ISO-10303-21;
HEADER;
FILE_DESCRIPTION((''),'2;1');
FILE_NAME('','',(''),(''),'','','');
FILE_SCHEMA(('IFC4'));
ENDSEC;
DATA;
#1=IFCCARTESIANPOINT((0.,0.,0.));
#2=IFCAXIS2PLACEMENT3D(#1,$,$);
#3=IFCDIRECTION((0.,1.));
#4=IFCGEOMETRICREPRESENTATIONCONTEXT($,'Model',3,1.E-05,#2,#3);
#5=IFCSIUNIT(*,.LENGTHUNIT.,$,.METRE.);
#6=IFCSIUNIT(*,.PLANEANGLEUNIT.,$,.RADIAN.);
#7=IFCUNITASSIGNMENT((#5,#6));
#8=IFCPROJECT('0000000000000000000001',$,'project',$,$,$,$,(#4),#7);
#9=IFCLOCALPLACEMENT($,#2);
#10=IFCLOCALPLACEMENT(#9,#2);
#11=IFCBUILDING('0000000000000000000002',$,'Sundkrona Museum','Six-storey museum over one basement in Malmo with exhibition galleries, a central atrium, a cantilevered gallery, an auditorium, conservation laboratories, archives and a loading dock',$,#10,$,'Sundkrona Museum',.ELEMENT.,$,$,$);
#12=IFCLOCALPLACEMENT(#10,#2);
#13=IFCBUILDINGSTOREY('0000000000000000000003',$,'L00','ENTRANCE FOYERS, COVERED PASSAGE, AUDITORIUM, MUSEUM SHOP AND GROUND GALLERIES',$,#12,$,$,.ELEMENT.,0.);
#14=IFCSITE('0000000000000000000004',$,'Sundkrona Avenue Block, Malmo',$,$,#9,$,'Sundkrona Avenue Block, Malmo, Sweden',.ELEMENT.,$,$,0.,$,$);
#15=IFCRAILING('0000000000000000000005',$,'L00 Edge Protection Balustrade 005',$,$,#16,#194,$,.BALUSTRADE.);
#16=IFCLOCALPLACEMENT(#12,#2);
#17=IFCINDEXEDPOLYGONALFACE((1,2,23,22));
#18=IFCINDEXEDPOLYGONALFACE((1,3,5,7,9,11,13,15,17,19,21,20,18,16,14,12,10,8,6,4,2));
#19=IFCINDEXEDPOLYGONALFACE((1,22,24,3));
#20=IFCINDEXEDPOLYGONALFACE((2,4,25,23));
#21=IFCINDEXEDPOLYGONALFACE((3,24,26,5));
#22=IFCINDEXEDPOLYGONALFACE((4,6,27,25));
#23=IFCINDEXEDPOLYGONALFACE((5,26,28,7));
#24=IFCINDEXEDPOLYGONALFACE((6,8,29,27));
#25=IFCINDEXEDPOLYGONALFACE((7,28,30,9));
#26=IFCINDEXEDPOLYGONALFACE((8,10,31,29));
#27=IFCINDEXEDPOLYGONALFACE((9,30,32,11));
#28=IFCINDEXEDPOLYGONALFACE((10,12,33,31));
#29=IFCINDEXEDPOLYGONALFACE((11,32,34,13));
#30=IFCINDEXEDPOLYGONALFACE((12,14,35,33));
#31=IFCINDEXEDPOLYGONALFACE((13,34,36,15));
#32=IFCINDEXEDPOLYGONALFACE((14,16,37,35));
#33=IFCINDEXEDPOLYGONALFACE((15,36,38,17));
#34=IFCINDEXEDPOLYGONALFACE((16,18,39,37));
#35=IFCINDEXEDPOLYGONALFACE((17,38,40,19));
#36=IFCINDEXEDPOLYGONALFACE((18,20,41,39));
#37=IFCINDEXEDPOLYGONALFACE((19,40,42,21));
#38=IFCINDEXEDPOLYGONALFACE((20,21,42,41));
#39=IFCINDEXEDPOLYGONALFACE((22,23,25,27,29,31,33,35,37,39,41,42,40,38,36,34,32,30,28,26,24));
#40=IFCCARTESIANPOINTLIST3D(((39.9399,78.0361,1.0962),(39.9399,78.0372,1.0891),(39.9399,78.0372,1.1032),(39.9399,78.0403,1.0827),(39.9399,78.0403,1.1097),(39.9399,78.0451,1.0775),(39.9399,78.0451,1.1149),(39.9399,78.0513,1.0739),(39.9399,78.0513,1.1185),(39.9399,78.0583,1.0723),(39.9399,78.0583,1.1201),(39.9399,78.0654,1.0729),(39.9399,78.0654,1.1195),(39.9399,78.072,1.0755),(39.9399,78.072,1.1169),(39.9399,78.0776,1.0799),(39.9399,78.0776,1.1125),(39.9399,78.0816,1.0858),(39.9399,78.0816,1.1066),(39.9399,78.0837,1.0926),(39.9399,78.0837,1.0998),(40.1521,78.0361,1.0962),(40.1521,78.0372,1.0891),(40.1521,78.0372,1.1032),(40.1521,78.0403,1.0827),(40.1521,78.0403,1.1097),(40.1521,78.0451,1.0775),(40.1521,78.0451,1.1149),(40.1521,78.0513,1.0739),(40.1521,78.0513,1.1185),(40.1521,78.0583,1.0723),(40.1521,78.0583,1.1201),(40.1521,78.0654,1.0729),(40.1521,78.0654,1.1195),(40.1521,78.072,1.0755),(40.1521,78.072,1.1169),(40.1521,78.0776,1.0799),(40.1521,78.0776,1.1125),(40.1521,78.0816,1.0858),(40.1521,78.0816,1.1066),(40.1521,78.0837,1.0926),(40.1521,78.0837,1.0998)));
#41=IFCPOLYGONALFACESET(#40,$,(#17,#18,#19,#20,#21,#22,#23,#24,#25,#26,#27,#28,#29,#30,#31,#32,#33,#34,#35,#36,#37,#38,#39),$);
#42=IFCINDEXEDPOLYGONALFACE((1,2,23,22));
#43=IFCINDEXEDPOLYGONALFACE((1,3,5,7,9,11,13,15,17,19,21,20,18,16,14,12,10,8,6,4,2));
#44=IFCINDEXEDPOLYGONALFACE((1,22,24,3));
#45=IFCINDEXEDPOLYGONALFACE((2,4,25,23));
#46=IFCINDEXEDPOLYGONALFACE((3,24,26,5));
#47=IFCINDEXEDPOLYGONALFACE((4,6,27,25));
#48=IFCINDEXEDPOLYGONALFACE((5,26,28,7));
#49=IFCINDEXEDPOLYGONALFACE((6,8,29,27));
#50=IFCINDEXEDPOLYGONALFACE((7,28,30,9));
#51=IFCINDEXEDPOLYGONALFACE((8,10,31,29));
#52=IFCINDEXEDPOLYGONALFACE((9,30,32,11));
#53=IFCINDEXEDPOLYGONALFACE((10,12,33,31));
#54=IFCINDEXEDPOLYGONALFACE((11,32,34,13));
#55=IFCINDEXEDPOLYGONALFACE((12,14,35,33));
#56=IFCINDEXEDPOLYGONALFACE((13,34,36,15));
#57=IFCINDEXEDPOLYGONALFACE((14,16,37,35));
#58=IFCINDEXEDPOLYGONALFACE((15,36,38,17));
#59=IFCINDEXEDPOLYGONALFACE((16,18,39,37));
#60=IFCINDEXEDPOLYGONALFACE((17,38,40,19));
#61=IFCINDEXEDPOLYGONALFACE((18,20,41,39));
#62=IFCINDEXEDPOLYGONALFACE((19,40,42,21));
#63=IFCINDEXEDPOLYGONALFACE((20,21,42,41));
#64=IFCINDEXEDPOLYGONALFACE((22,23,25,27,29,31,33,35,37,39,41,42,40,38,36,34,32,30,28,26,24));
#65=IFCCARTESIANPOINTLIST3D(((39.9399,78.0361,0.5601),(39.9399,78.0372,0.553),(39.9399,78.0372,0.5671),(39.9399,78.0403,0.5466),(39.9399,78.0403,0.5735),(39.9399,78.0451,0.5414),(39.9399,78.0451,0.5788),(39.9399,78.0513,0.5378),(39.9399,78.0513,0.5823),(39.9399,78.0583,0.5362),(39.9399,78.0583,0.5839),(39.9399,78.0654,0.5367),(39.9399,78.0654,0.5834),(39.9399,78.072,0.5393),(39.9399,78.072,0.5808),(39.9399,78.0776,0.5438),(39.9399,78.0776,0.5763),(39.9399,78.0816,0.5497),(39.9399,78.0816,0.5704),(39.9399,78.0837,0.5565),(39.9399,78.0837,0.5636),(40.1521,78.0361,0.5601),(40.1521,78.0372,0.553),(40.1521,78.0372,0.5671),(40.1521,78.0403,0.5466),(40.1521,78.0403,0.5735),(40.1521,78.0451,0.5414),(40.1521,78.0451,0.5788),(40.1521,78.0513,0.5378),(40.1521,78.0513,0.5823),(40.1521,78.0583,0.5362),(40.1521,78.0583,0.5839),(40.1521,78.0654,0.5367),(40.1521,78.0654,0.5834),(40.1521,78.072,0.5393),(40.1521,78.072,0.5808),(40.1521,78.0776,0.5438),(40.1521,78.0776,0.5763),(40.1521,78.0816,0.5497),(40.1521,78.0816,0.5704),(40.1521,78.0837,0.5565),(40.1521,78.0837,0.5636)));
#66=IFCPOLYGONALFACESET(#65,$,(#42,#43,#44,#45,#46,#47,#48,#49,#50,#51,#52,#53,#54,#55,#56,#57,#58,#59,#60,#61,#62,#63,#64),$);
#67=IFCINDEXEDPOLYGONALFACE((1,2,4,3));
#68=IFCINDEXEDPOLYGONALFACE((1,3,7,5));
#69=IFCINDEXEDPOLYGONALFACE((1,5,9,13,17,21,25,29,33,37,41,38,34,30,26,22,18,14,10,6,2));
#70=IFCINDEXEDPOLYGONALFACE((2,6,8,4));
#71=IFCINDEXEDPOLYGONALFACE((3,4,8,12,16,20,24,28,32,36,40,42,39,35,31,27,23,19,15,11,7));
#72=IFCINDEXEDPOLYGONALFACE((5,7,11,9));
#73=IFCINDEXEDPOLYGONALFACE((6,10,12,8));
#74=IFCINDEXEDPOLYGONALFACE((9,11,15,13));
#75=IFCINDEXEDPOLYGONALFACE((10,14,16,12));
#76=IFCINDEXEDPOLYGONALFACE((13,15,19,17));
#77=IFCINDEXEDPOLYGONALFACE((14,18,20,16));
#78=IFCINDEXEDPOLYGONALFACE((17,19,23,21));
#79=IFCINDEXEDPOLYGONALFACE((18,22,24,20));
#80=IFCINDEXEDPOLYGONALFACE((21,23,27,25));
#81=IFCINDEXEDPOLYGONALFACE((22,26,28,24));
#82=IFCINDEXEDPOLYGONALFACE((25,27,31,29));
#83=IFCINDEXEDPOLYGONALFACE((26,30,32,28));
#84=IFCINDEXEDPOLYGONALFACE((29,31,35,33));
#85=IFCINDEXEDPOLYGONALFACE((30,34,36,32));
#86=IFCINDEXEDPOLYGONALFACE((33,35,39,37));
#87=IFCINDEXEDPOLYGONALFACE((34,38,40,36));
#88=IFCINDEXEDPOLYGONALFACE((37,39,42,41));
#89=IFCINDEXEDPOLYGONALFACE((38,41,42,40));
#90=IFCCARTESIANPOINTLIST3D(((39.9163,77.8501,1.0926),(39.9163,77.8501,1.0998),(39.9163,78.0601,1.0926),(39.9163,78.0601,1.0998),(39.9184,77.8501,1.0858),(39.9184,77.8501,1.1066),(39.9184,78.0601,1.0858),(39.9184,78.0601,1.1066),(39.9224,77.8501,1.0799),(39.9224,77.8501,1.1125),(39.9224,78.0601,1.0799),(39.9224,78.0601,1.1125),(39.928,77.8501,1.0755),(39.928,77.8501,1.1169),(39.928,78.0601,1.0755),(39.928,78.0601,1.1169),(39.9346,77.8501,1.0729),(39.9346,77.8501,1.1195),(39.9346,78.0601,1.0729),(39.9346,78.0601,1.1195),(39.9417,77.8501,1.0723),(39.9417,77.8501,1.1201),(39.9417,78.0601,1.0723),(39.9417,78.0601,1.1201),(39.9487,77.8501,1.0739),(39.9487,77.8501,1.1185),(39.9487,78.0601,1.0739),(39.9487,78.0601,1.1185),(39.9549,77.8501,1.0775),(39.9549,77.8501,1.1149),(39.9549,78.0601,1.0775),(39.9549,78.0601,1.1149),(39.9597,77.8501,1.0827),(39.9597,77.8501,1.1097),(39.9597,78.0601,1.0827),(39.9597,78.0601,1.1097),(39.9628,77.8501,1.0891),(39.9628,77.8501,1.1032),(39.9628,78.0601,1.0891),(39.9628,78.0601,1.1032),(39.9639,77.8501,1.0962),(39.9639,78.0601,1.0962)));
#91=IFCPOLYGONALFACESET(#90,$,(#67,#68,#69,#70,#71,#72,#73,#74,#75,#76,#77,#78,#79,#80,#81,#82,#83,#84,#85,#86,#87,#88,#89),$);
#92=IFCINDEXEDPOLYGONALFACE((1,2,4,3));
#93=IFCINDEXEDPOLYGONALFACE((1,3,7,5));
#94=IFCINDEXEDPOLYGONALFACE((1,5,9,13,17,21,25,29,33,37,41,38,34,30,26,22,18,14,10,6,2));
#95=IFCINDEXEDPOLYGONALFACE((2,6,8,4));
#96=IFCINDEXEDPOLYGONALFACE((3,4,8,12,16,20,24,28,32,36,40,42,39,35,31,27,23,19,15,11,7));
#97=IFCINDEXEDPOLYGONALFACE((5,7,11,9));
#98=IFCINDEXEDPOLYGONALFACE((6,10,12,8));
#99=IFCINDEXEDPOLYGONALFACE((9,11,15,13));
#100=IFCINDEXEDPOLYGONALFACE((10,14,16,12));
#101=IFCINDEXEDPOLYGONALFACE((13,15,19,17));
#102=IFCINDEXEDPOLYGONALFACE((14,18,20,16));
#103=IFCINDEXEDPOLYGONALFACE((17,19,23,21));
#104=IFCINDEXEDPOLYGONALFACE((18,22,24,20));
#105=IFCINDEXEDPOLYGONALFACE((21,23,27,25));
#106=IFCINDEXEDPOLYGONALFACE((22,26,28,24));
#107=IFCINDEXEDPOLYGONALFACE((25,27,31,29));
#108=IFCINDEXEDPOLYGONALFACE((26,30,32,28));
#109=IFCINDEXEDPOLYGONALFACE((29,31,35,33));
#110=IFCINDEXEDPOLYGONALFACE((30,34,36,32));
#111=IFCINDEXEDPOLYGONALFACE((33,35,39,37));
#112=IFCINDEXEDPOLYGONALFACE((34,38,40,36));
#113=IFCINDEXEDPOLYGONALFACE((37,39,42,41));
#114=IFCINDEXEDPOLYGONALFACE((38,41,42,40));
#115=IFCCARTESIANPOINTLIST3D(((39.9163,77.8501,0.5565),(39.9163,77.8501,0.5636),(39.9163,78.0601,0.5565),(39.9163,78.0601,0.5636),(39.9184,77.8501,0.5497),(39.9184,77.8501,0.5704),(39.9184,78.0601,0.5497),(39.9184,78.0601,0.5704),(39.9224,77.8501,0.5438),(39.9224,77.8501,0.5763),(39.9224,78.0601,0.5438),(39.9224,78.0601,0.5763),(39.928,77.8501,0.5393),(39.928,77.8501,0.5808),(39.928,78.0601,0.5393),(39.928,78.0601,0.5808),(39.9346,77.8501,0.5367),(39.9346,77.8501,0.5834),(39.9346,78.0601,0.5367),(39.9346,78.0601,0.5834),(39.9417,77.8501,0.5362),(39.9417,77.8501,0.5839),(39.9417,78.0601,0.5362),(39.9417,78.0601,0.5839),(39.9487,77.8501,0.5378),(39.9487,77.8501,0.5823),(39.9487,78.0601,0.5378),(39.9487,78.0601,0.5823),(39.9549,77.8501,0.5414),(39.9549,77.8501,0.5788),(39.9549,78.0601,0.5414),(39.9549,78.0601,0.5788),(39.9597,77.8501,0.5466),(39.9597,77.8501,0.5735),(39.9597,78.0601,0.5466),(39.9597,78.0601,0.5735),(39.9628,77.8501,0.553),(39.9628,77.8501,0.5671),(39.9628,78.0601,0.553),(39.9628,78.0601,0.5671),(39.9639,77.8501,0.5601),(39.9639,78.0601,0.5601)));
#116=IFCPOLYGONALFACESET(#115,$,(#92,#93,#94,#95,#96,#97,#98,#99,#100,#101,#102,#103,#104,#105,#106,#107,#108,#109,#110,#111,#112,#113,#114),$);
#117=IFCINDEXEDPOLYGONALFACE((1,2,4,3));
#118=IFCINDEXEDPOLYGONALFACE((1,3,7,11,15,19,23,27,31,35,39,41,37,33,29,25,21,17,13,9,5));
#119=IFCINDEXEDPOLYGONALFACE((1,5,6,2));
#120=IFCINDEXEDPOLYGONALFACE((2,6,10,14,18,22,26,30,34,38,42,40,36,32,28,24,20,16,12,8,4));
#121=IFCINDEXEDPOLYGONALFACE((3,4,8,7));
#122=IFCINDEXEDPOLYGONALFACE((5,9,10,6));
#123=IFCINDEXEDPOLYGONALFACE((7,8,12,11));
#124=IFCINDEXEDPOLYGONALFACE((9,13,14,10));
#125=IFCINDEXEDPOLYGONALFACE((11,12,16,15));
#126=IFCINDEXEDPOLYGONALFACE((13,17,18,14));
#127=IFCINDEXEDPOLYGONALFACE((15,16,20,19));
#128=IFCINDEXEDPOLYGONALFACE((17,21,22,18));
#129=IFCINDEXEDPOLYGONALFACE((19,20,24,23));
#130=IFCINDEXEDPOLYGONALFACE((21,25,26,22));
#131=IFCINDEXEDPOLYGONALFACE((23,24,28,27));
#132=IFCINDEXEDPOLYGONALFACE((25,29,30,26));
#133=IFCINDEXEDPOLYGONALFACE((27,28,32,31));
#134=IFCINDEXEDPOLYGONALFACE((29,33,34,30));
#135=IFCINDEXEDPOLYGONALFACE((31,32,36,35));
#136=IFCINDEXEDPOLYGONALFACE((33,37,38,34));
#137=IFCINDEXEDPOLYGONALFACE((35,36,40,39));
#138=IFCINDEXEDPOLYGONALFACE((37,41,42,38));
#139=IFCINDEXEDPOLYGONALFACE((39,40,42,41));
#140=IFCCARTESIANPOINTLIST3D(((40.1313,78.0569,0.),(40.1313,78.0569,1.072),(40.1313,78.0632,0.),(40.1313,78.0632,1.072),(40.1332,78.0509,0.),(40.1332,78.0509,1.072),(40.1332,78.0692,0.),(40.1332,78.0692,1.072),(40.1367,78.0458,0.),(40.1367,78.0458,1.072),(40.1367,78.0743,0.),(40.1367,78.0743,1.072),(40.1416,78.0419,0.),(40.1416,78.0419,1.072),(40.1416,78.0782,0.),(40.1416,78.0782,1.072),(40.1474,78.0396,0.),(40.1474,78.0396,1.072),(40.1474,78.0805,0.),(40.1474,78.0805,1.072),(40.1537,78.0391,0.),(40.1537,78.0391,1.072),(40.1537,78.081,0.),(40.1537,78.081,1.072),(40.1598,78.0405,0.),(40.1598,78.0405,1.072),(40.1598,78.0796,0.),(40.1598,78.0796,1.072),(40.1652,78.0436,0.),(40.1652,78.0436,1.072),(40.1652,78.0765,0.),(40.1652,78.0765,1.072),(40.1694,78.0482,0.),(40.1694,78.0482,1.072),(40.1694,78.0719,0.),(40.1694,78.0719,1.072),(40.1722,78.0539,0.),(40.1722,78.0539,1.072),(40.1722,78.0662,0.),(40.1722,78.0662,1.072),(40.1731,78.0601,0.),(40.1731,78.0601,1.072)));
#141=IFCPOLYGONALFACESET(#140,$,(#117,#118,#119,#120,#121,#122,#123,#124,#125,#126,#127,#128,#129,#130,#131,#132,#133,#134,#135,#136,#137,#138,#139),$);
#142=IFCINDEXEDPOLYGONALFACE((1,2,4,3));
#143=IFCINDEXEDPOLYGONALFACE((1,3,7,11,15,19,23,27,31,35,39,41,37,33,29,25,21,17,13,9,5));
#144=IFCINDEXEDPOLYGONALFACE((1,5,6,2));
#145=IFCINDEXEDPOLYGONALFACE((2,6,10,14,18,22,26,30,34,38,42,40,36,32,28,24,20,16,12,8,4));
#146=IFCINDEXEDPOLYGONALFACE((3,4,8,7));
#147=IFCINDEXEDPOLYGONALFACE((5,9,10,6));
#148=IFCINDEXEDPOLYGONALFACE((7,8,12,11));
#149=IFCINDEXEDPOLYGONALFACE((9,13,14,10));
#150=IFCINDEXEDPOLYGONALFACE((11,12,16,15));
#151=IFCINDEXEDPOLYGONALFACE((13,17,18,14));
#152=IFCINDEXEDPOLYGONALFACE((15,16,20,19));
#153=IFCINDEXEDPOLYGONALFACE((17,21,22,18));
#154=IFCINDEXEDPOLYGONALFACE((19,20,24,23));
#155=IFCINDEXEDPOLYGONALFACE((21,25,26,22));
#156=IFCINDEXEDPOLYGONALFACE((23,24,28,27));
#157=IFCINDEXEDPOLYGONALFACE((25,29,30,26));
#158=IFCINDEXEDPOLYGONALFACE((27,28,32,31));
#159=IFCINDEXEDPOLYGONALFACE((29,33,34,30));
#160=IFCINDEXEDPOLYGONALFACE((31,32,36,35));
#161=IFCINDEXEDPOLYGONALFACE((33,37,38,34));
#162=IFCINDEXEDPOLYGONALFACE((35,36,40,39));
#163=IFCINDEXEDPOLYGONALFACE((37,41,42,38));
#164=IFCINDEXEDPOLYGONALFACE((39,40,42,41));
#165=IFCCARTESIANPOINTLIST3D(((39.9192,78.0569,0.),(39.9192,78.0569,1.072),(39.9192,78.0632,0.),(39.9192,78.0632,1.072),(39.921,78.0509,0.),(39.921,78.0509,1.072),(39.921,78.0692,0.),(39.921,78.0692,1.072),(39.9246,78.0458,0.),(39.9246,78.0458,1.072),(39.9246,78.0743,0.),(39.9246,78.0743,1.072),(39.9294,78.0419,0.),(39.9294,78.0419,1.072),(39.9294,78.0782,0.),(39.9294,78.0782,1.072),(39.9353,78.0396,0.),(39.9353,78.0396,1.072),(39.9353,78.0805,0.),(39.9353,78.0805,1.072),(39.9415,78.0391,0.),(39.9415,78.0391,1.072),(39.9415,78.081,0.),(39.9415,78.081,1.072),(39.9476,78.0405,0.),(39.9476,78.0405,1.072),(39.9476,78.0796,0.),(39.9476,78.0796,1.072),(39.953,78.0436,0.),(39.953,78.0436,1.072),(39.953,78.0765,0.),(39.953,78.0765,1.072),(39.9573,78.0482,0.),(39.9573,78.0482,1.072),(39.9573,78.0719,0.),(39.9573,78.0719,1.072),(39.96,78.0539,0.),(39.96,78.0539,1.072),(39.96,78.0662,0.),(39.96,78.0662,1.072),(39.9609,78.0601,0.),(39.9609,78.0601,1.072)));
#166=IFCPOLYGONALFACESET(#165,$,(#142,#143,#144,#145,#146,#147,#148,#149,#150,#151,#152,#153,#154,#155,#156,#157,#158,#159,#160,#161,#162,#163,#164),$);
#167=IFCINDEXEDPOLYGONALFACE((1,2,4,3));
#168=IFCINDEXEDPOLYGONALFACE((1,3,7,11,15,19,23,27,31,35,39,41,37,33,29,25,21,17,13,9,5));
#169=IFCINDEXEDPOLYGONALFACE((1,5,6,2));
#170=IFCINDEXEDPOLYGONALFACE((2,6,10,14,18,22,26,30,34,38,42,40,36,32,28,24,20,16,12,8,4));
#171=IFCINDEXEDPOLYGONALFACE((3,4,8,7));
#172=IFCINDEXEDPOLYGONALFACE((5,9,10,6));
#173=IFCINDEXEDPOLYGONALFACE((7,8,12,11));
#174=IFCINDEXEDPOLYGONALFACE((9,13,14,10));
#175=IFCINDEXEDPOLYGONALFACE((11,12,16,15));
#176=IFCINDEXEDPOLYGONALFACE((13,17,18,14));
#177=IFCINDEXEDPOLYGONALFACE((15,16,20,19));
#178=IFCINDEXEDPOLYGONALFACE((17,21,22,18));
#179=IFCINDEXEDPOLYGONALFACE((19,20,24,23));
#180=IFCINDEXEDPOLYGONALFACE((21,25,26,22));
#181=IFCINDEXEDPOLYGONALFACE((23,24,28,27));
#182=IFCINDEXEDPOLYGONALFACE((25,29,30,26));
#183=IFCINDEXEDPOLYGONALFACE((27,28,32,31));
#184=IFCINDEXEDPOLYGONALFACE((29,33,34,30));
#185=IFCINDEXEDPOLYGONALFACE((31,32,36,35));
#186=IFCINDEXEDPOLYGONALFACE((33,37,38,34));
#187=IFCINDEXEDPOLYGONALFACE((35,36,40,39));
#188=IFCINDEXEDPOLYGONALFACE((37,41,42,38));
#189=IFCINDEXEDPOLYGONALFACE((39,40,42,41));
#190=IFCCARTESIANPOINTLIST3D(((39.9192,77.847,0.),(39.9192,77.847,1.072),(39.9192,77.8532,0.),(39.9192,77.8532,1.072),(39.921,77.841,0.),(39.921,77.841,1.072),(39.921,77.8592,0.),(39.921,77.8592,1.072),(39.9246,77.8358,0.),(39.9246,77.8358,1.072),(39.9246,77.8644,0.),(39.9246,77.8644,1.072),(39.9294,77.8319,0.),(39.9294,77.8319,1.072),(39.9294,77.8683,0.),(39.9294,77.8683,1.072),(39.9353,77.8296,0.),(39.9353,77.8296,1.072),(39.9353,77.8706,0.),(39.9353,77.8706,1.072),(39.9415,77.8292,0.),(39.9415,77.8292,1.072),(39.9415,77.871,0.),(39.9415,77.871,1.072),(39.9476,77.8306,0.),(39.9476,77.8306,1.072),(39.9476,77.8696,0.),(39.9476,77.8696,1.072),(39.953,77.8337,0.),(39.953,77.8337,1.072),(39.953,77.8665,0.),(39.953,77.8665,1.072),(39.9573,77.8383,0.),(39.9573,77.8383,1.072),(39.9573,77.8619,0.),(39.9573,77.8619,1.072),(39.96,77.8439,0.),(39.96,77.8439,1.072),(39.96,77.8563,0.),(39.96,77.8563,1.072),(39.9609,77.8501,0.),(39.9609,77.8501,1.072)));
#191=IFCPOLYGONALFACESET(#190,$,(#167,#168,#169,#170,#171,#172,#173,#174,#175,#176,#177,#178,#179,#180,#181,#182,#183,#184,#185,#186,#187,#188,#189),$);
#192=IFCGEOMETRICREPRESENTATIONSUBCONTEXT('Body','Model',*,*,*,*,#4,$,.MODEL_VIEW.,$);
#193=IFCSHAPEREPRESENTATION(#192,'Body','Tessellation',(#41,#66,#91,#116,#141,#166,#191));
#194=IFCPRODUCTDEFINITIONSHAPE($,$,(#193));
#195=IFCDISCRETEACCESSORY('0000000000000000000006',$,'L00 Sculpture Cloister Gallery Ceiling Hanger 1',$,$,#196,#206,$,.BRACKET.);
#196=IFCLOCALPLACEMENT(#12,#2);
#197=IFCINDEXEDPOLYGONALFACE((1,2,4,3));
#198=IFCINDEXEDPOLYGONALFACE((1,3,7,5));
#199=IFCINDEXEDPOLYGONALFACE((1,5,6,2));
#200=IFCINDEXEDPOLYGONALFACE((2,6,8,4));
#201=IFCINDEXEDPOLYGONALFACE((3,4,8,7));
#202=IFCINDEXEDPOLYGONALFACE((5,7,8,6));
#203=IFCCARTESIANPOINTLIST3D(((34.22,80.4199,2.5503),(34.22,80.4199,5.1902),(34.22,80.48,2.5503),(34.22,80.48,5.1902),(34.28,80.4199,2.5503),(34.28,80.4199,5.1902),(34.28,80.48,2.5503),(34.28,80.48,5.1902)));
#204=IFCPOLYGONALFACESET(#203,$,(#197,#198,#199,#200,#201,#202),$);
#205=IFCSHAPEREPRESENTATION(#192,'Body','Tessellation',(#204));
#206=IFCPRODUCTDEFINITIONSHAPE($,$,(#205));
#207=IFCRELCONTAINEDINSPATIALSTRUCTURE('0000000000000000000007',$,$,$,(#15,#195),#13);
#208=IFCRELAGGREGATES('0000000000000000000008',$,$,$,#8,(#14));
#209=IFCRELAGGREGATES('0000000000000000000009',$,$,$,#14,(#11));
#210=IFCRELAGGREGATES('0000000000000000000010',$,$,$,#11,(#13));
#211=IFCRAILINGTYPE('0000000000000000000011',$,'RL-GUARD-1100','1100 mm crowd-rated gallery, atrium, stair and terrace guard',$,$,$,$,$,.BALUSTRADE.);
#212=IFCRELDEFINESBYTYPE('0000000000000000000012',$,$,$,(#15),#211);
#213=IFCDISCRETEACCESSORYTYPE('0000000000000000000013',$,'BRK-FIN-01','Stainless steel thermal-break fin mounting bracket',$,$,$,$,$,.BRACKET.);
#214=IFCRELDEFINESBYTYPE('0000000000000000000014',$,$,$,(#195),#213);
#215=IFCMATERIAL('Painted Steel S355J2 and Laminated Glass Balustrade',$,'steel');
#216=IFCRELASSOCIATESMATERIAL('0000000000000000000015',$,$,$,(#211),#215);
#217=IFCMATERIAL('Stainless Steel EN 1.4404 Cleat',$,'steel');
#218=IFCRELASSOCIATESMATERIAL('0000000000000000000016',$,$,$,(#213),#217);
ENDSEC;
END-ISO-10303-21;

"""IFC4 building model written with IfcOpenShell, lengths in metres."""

from ifc_helpers import new_model, si_unit, direction, frame, origin, origin_2d, place, context, subcontext, project, spatial, rectangle, circle, extrude, material, type_object, element, save


model = new_model("IFC4")

# Units and contexts
model_context = context("Model", 3, precision=1e-05, world=origin(), true_north=direction((0.0, 1.0)))
body_context = subcontext(model_context, "Body", "Model", "MODEL_VIEW")
ifc_project = project(units=[si_unit("LENGTHUNIT", "METRE"), si_unit("PLANEANGLEUNIT", "RADIAN")], contexts=[model_context])

# Site, building, storey
site_placement = place(None, origin())
site = spatial("IfcSite", under=ifc_project, at=site_placement, Name="Sundkrona Avenue Block, Malmo", LongName="Sundkrona Avenue Block, Malmo, Sweden", CompositionType="ELEMENT", RefElevation=0.0)
building_placement = place(site_placement, origin())
building = spatial("IfcBuilding", under=site, at=building_placement, Name="Sundkrona Museum", Description="Six-storey museum over one basement in Malmo with exhibition galleries, a central atrium, a cantilevered gallery, an auditorium, conservation laboratories, archives and a loading dock", LongName="Sundkrona Museum", CompositionType="ELEMENT")
storey_placement = place(building_placement, origin())
storey = spatial("IfcBuildingStorey", under=building, at=storey_placement, Name="L00", Description="ENTRANCE FOYERS, COVERED PASSAGE, AUDITORIUM, MUSEUM SHOP AND GROUND GALLERIES", CompositionType="ELEMENT", Elevation=0.0)

# Railing
ifc_material_1 = material(Name="Painted Steel S355J2 and Laminated Glass Balustrade", Category="steel")
railing_type = type_object("IfcRailingType", Name="RL-GUARD-1100", Description="1100 mm crowd-rated gallery, atrium, stair and terrace guard", PredefinedType="BALUSTRADE", material=ifc_material_1)
railing_placement = place(storey_placement, frame((40.1521, 78.0601, 0.0)))
element("IfcRailing", 1, at=railing_placement, inside=storey, type_object=railing_type, Name="L00 Edge Protection Balustrade 005", PredefinedType="BALUSTRADE", context=body_context, shape_type="SweptSolid", body=[
    extrude(circle(Radius=0.0239, at=origin_2d()), frame((0.0, 0.0, 1.0962), z_axis=(-1.0, 0.0, 0.0), x_axis=(0.0, -1.0, 0.0)), (0.0, 0.0, 1.0), 0.2122),
    extrude(circle(Radius=0.0239, at=origin_2d()), frame((0.0, 0.0, 0.5601), z_axis=(-1.0, 0.0, 0.0), x_axis=(0.0, -1.0, 0.0)), (0.0, 0.0, 1.0), 0.2122),
    extrude(circle(Radius=0.0239, at=origin_2d()), frame((-0.2122, 0.0, 1.0962), z_axis=(0.0, -1.0, 0.0), x_axis=(1.0, 0.0, 0.0)), (0.0, 0.0, 1.0), 0.21),
    extrude(circle(Radius=0.0239, at=origin_2d()), frame((-0.2122, 0.0, 0.5601), z_axis=(0.0, -1.0, 0.0), x_axis=(1.0, 0.0, 0.0)), (0.0, 0.0, 1.0), 0.21),
    extrude(circle(Radius=0.021, at=origin_2d()), origin(), (0.0, 0.0, 1.0), 1.072),
    extrude(circle(Radius=0.021, at=origin_2d()), frame((-0.2122, 0.0, 0.0)), (0.0, 0.0, 1.0), 1.072),
    extrude(circle(Radius=0.021, at=origin_2d()), frame((-0.2122, -0.21, 0.0)), (0.0, 0.0, 1.0), 1.072),
])

# Discrete accessory
ifc_material_2 = material(Name="Stainless Steel EN 1.4404 Cleat", Category="steel")
discrete_accessory_type = type_object("IfcDiscreteAccessoryType", Name="BRK-FIN-01", Description="Stainless steel thermal-break fin mounting bracket", PredefinedType="BRACKET", material=ifc_material_2)
for number, where, z_axis, x_axis, name in (
    (2, (34.25, 80.45, 2.5503), (0.0, 0.0, 1.0), (1.0, 0.0, 0.0), "L00 Sculpture Cloister Gallery Ceiling Hanger 1"),
):
    element("IfcDiscreteAccessory", number, at=place(storey_placement, frame(where, z_axis=z_axis, x_axis=x_axis)), inside=storey, type_object=discrete_accessory_type, Name=name, PredefinedType="BRACKET", context=body_context, shape_type="SweptSolid", body=[
        extrude(rectangle(XDim=0.0601, YDim=0.0601, at=origin_2d()), origin(), (0.0, 0.0, 1.0), 2.6399),
    ])

save(model, "model.ifc")
